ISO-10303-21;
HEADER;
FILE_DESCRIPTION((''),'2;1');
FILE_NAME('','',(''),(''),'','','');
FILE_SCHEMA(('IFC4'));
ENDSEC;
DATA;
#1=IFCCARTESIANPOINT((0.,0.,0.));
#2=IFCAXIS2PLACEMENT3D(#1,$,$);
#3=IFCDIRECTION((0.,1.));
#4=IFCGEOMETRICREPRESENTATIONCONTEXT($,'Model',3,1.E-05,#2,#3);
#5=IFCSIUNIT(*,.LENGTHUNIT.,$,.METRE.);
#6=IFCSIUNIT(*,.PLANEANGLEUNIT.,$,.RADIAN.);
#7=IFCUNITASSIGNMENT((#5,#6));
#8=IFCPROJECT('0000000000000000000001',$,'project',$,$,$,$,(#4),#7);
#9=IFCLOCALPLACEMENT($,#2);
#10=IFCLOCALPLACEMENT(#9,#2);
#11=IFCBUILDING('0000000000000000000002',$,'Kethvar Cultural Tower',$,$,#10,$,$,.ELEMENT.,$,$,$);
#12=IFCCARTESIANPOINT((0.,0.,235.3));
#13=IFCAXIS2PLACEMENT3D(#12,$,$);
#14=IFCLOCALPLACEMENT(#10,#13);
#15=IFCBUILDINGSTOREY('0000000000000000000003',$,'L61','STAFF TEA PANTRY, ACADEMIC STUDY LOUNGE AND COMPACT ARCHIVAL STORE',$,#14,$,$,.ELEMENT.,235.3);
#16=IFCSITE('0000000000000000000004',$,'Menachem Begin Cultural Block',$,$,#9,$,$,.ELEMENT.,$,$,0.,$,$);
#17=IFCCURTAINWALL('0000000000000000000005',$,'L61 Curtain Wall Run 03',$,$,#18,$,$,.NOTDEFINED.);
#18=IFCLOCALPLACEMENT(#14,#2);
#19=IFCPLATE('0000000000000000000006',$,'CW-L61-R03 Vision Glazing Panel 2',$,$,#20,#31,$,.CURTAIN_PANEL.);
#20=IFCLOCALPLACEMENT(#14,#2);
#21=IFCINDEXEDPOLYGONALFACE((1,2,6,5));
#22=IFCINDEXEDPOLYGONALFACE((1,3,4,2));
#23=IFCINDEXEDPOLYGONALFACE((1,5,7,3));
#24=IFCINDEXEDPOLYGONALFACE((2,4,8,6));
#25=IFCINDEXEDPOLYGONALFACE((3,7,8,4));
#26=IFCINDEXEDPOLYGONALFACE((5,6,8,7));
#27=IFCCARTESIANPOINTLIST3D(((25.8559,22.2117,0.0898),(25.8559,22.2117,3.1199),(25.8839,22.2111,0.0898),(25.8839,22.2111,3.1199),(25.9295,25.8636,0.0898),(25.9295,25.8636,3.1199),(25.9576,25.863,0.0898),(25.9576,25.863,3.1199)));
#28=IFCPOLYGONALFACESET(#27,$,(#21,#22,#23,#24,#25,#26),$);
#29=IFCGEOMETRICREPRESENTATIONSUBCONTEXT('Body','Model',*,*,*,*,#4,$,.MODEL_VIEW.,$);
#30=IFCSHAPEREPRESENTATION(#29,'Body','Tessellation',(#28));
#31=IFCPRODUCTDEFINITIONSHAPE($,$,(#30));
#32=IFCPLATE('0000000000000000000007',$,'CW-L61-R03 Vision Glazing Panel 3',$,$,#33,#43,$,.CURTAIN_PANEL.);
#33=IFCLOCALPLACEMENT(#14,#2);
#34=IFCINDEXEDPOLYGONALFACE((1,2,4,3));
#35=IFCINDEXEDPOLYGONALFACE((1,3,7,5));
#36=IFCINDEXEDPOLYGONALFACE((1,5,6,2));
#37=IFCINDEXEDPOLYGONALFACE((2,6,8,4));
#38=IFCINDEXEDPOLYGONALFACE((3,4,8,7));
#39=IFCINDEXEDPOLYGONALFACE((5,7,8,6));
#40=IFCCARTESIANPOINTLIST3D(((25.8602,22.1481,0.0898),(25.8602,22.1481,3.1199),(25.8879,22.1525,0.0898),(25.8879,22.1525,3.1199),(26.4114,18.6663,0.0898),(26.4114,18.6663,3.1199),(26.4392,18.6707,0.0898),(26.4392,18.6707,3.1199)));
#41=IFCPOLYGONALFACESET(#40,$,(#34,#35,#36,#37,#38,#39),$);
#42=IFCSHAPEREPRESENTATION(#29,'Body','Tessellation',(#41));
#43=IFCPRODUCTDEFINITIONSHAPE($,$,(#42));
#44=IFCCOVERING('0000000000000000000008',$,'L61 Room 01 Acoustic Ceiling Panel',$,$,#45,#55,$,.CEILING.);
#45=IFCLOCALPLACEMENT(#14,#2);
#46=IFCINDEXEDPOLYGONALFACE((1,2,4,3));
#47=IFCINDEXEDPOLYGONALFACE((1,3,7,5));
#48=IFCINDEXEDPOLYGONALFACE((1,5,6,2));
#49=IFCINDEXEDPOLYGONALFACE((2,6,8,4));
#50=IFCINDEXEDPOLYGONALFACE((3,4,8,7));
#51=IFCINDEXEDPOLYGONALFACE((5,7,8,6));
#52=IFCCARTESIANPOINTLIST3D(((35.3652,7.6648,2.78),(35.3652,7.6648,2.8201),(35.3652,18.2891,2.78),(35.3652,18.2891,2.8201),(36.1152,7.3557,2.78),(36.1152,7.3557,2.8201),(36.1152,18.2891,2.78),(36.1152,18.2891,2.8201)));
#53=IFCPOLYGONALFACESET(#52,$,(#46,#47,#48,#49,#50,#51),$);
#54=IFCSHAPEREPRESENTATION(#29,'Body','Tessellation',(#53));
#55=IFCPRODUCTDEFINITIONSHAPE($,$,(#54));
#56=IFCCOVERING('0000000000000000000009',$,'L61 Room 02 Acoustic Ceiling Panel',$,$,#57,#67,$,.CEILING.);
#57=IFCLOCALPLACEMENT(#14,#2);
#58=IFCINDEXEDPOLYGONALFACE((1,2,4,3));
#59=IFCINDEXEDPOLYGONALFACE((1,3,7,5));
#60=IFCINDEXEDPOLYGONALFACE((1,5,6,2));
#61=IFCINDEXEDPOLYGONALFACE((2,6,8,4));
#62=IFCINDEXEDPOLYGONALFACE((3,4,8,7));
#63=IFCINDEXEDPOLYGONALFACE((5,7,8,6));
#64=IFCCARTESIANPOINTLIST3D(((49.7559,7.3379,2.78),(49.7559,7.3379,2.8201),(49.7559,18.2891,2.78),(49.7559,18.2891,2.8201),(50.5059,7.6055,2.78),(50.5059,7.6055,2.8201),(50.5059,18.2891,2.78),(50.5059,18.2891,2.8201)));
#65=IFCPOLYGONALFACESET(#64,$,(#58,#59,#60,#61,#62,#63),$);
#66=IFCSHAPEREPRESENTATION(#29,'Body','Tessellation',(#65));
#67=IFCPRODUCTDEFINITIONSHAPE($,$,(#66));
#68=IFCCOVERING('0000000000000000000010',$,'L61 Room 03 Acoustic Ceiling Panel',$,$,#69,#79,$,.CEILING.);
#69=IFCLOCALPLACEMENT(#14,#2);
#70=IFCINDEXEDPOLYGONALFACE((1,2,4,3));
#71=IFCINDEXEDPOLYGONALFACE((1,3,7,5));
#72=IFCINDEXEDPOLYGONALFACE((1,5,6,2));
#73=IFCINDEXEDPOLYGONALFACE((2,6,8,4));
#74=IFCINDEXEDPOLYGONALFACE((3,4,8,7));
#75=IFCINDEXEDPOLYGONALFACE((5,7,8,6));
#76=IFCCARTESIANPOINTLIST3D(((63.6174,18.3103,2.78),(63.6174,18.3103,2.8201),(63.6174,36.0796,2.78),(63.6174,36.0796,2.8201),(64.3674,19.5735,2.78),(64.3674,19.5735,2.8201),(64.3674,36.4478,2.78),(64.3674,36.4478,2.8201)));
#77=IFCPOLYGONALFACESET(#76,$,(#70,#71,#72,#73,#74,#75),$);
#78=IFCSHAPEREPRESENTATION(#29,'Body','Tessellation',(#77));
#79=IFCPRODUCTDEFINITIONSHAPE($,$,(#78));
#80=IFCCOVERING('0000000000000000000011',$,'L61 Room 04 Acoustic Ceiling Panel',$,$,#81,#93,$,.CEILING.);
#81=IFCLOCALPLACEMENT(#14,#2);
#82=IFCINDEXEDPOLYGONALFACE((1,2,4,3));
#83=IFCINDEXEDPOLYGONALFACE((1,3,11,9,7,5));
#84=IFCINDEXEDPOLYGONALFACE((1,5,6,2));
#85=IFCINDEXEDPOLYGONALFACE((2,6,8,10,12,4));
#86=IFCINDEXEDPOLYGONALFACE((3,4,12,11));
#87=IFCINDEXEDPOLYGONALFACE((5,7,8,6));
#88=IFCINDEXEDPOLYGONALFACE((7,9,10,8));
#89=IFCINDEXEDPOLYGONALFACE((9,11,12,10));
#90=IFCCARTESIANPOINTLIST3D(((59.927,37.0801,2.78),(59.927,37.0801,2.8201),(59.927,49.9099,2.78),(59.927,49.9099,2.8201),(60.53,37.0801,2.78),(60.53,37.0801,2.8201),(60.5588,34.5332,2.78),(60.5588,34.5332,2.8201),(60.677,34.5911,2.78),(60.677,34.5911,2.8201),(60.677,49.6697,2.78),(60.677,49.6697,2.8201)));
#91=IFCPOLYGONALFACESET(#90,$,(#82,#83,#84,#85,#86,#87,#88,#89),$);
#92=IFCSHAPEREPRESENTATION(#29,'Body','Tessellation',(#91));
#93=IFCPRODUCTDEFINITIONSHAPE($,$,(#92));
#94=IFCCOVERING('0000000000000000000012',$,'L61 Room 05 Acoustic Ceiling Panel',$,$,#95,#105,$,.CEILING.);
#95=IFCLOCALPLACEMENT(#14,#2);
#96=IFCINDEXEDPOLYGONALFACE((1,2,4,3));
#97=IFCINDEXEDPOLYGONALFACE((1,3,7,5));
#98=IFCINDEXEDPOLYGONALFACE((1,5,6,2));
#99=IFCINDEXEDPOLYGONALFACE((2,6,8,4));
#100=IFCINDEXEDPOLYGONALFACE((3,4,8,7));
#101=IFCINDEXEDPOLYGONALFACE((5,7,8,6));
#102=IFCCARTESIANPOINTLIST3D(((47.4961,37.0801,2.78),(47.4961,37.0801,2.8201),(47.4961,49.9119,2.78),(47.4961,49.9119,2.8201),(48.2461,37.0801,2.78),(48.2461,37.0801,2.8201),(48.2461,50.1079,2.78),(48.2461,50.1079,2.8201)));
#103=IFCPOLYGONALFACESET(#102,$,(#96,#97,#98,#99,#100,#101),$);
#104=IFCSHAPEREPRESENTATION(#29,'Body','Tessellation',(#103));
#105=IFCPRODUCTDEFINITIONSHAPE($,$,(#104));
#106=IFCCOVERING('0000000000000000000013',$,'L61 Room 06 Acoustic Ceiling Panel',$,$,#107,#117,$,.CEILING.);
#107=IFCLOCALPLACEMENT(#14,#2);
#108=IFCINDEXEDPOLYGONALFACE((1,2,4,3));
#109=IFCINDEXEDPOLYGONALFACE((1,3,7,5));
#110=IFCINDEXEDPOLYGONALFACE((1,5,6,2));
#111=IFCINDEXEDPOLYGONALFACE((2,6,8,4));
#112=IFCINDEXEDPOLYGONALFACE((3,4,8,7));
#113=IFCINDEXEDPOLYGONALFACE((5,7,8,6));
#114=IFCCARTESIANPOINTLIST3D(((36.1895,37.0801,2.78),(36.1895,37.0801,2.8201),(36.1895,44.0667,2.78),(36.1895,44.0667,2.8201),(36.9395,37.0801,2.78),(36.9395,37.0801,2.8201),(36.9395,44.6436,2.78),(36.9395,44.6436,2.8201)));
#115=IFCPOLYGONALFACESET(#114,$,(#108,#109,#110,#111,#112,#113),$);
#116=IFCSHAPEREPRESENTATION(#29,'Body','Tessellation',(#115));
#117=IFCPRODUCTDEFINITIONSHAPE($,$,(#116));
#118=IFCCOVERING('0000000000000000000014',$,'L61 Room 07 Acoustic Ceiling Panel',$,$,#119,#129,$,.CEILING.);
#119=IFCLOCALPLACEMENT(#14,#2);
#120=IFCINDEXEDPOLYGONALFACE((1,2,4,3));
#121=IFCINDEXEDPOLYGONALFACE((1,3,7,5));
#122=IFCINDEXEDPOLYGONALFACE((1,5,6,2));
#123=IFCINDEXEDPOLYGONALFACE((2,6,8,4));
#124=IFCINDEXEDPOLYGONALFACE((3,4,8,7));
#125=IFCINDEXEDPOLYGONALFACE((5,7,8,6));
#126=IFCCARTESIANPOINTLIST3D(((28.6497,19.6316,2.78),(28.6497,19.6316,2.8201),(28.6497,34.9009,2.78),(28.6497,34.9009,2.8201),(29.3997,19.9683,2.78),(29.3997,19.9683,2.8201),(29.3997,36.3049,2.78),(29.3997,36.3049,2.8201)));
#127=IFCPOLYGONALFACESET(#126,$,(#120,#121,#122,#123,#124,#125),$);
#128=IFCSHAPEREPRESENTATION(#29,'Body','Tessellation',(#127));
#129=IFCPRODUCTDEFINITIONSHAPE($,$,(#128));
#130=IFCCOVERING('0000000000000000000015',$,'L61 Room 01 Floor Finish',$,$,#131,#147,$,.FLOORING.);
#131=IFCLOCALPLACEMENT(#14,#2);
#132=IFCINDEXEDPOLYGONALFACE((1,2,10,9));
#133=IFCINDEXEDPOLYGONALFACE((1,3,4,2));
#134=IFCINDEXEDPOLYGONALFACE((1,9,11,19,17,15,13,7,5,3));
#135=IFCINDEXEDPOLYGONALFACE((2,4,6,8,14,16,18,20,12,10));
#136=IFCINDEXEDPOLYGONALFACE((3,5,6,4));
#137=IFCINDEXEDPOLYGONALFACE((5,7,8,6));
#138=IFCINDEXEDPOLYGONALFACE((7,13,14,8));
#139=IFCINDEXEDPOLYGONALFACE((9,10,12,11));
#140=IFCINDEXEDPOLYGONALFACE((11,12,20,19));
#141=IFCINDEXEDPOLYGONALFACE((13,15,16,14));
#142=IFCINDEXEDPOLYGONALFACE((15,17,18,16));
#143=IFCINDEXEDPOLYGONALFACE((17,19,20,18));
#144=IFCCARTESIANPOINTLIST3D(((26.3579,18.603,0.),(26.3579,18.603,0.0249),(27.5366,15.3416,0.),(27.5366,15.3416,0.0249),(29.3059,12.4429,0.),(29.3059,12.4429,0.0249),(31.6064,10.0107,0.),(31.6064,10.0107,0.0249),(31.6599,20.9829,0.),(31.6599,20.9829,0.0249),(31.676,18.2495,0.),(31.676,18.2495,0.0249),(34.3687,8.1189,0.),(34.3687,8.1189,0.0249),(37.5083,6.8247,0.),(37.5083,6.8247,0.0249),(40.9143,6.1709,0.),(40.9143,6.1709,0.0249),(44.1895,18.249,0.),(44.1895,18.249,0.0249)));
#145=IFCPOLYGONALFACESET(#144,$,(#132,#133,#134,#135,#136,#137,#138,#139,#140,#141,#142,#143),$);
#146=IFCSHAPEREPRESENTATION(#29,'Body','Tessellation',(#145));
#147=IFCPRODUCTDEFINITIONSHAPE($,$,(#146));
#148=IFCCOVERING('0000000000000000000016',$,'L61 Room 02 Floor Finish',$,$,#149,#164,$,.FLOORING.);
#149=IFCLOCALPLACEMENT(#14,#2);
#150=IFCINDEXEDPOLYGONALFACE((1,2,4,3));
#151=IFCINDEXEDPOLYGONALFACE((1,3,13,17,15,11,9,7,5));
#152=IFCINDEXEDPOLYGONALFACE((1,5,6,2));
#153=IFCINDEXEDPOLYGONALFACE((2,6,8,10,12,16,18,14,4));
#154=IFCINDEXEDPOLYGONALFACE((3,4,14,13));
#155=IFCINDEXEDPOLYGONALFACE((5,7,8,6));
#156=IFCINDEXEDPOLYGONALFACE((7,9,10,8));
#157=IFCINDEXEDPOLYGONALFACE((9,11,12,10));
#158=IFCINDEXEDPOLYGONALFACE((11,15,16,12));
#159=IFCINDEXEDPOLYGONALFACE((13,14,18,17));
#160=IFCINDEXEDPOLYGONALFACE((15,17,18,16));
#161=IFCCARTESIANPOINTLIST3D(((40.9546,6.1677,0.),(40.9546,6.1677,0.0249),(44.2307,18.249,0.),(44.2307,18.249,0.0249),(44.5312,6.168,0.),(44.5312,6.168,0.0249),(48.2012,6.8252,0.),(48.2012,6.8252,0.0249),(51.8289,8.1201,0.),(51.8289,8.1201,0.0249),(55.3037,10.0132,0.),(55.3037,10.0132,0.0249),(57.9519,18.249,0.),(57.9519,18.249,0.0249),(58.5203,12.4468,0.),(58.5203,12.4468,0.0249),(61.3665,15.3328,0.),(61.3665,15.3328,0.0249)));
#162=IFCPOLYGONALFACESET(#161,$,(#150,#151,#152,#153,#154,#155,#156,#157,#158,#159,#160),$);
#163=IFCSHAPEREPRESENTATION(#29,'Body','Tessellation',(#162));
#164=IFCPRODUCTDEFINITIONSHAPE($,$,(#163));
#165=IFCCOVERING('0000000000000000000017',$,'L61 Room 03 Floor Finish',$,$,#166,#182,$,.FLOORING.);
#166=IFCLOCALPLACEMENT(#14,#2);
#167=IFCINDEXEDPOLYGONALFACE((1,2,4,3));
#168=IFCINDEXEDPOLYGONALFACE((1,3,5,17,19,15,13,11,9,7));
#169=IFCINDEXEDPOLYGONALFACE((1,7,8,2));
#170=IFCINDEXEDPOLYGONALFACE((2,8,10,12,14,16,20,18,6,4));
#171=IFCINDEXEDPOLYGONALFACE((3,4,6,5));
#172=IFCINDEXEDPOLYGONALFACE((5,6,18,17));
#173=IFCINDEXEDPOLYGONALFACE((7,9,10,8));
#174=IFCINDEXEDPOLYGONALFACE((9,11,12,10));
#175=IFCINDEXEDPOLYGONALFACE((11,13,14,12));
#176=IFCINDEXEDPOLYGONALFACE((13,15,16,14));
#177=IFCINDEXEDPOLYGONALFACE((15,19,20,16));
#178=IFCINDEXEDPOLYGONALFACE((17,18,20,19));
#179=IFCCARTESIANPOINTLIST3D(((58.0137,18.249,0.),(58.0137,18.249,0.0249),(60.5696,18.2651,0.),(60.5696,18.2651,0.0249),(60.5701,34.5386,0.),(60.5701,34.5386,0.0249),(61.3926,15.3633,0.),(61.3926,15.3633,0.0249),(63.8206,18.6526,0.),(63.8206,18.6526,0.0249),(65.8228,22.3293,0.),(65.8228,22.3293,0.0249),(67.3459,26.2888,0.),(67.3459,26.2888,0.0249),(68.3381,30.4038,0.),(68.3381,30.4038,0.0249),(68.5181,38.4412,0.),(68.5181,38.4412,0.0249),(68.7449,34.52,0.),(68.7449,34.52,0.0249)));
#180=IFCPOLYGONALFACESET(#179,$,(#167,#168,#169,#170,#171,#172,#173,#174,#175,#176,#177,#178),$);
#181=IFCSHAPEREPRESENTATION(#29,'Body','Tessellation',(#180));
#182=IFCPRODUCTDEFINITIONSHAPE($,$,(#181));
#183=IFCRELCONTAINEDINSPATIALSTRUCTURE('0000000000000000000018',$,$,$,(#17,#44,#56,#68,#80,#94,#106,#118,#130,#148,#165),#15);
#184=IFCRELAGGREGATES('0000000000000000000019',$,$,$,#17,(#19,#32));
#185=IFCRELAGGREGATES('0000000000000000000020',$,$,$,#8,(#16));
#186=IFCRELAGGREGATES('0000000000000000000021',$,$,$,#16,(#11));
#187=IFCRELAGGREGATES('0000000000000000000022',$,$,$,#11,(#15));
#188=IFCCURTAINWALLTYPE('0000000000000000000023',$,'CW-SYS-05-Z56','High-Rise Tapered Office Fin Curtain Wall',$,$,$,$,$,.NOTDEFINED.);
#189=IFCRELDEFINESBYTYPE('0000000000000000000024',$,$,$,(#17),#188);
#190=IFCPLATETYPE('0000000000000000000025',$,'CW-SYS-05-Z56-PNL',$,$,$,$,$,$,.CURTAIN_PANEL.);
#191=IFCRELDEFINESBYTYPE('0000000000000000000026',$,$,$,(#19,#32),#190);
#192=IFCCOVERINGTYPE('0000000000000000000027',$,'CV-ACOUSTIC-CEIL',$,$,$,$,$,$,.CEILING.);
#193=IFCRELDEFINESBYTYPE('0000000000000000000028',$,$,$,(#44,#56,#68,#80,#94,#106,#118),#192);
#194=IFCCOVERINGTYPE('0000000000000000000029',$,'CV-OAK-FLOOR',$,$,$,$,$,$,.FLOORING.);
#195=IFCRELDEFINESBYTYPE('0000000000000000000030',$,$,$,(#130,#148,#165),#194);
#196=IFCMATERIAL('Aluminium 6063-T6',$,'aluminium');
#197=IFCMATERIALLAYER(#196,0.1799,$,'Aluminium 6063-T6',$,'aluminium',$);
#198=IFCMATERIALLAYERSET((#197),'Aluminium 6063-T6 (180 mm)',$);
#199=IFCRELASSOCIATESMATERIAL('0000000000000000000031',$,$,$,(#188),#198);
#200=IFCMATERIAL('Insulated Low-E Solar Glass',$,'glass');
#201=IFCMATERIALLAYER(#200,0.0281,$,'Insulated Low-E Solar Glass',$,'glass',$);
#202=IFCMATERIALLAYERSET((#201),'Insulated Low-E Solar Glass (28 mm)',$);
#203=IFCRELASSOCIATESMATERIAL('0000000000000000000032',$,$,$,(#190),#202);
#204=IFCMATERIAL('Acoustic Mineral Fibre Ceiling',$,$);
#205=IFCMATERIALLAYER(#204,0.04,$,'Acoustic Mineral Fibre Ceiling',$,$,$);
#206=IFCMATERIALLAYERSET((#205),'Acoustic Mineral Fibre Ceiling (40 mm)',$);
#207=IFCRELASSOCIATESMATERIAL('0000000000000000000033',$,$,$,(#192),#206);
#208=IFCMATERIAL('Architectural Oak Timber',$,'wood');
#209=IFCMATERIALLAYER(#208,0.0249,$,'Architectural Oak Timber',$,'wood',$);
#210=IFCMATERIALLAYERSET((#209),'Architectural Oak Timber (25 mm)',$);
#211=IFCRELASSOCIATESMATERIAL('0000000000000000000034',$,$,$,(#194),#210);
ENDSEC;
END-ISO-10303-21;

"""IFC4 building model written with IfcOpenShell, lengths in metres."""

from ifc_helpers import new_model, si_unit, direction, frame, origin, origin_2d, place, context, subcontext, project, spatial, polyline, rectangle, outline, extrude, source, transform, mapped, material, layer, layer_set, type_object, element, aggregate, save


model = new_model("IFC4")

# Units and contexts
model_context = context("Model", 3, precision=1e-05, world=origin(), true_north=direction((0.0, 1.0)))
body_context = subcontext(model_context, "Body", "Model", "MODEL_VIEW")
ifc_project = project(units=[si_unit("LENGTHUNIT", "METRE"), si_unit("PLANEANGLEUNIT", "RADIAN")], contexts=[model_context])

# Site, building, storey
site_placement = place(None, origin())
site = spatial("IfcSite", under=ifc_project, at=site_placement, Name="Menachem Begin Cultural Block", CompositionType="ELEMENT", RefElevation=0.0)
building_placement = place(site_placement, origin())
building = spatial("IfcBuilding", under=site, at=building_placement, Name="Kethvar Cultural Tower", CompositionType="ELEMENT")
storey_placement = place(building_placement, frame((0.0, 0.0, 235.3)))
storey = spatial("IfcBuildingStorey", under=building, at=storey_placement, Name="L61", Description="STAFF TEA PANTRY, ACADEMIC STUDY LOUNGE AND COMPACT ARCHIVAL STORE", CompositionType="ELEMENT", Elevation=235.3)

# Curtain wall
ifc_material_1 = material(Name="Aluminium 6063-T6", Category="aluminium")
ifc_layer_1 = layer(ifc_material_1, 0.1799, Name="Aluminium 6063-T6", Category="aluminium")
ifc_layer_set_1 = layer_set([ifc_layer_1], Name="Aluminium 6063-T6 (180 mm)")
curtain_wall_type = type_object("IfcCurtainWallType", Name="CW-SYS-05-Z56", Description="High-Rise Tapered Office Fin Curtain Wall", PredefinedType="NOTDEFINED", material=ifc_layer_set_1)
curtain_wall_placement = place(storey_placement, origin())
curtain_wall = element("IfcCurtainWall", 1, at=curtain_wall_placement, inside=storey, type_object=curtain_wall_type, Name="L61 Curtain Wall Run 03", PredefinedType="NOTDEFINED")

# Plates
ifc_material_2 = material(Name="Insulated Low-E Solar Glass", Category="glass")
ifc_layer_2 = layer(ifc_material_2, 0.0281, Name="Insulated Low-E Solar Glass", Category="glass")
ifc_layer_set_2 = layer_set([ifc_layer_2], Name="Insulated Low-E Solar Glass (28 mm)")
plate_type = type_object("IfcPlateType", Name="CW-SYS-05-Z56-PNL", PredefinedType="CURTAIN_PANEL", material=ifc_layer_set_2)
shared_shape_1 = source(origin(), body_context, "Body", "SweptSolid", [
    extrude(rectangle(XDim=3.6526, YDim=0.0281, at=origin_2d()), origin(), (0.0, 0.0, 1.0), 3.03),
])
plate_1_placement = place(storey_placement, frame((25.9067, 24.0374, 0.0898), z_axis=(0.0, 0.0, 1.0), x_axis=(-0.020175, -0.999796, 0.0)))
plate_1 = element("IfcPlate", 2, at=plate_1_placement, type_object=plate_type, Name="CW-L61-R03 Vision Glazing Panel 2", PredefinedType="CURTAIN_PANEL", context=body_context, shape_type="MappedRepresentation", body=[
    mapped(shared_shape_1, transform((0.0, 0.0, 0.0), scale=1.0)),
])
shared_shape_2 = source(origin(), body_context, "Body", "SweptSolid", [
    extrude(rectangle(XDim=3.5251, YDim=0.0281, at=origin_2d()), origin(), (0.0, 0.0, 1.0), 3.03),
])
plate_2_placement = place(storey_placement, frame((26.1497, 20.4094, 0.0898), z_axis=(0.0, 0.0, 1.0), x_axis=(0.156383, -0.987697, 0.0)))
plate_2 = element("IfcPlate", 3, at=plate_2_placement, type_object=plate_type, Name="CW-L61-R03 Vision Glazing Panel 3", PredefinedType="CURTAIN_PANEL", context=body_context, shape_type="MappedRepresentation", body=[
    mapped(shared_shape_2, transform((0.0, 0.0, 0.0), scale=1.0)),
])
aggregate(curtain_wall, [plate_1, plate_2])

# Coverings
ifc_material_3 = material(Name="Acoustic Mineral Fibre Ceiling")
ifc_layer_3 = layer(ifc_material_3, 0.04, Name="Acoustic Mineral Fibre Ceiling")
ifc_layer_set_3 = layer_set([ifc_layer_3], Name="Acoustic Mineral Fibre Ceiling (40 mm)")
covering_type_1 = type_object("IfcCoveringType", Name="CV-ACOUSTIC-CEIL", PredefinedType="CEILING", material=ifc_layer_set_3)
covering_1_placement = place(storey_placement, frame((0.0, 0.0, 2.78)))
element("IfcCovering", 4, at=covering_1_placement, inside=storey, type_object=covering_type_1, Name="L61 Room 01 Acoustic Ceiling Panel", PredefinedType="CEILING", context=body_context, shape_type="SweptSolid", body=[
    extrude(outline(polyline([(35.3652, 7.6648), (35.3652, 18.2891), (36.1152, 18.2891), (36.1152, 7.3557), (35.3652, 7.6648)])), origin(), (0.0, 0.0, 1.0), 0.04),
])
covering_2_placement = place(storey_placement, frame((0.0, 0.0, 2.78)))
element("IfcCovering", 5, at=covering_2_placement, inside=storey, type_object=covering_type_1, Name="L61 Room 02 Acoustic Ceiling Panel", PredefinedType="CEILING", context=body_context, shape_type="SweptSolid", body=[
    extrude(outline(polyline([(49.7559, 7.3379), (49.7559, 18.2891), (50.5059, 18.2891), (50.5059, 7.6055), (49.7559, 7.3379)])), origin(), (0.0, 0.0, 1.0), 0.04),
])
covering_3_placement = place(storey_placement, frame((0.0, 0.0, 2.78)))
element("IfcCovering", 6, at=covering_3_placement, inside=storey, type_object=covering_type_1, Name="L61 Room 03 Acoustic Ceiling Panel", PredefinedType="CEILING", context=body_context, shape_type="SweptSolid", body=[
    extrude(outline(polyline([(64.3674, 19.5735), (63.6174, 18.3103), (63.6174, 36.0796), (64.3674, 36.4478), (64.3674, 19.5735)])), origin(), (0.0, 0.0, 1.0), 0.04),
])
covering_4_placement = place(storey_placement, frame((0.0, 0.0, 2.78)))
element("IfcCovering", 7, at=covering_4_placement, inside=storey, type_object=covering_type_1, Name="L61 Room 04 Acoustic Ceiling Panel", PredefinedType="CEILING", context=body_context, shape_type="SweptSolid", body=[
    extrude(outline(polyline([(60.5588, 34.5332), (60.53, 37.0801), (59.927, 37.0801), (59.927, 49.9099), (60.677, 49.6697), (60.677, 34.5911), (60.5588, 34.5332)])), origin(), (0.0, 0.0, 1.0), 0.04),
])
covering_5_placement = place(storey_placement, frame((0.0, 0.0, 2.78)))
element("IfcCovering", 8, at=covering_5_placement, inside=storey, type_object=covering_type_1, Name="L61 Room 05 Acoustic Ceiling Panel", PredefinedType="CEILING", context=body_context, shape_type="SweptSolid", body=[
    extrude(outline(polyline([(48.2461, 50.1079), (48.2461, 37.0801), (47.4961, 37.0801), (47.4961, 49.9119), (48.2461, 50.1079)])), origin(), (0.0, 0.0, 1.0), 0.04),
])
covering_6_placement = place(storey_placement, frame((0.0, 0.0, 2.78)))
element("IfcCovering", 9, at=covering_6_placement, inside=storey, type_object=covering_type_1, Name="L61 Room 06 Acoustic Ceiling Panel", PredefinedType="CEILING", context=body_context, shape_type="SweptSolid", body=[
    extrude(outline(polyline([(36.9395, 44.6436), (36.9395, 37.0801), (36.1895, 37.0801), (36.1895, 44.0667), (36.9395, 44.6436)])), origin(), (0.0, 0.0, 1.0), 0.04),
])
covering_7_placement = place(storey_placement, frame((0.0, 0.0, 2.78)))
element("IfcCovering", 10, at=covering_7_placement, inside=storey, type_object=covering_type_1, Name="L61 Room 07 Acoustic Ceiling Panel", PredefinedType="CEILING", context=body_context, shape_type="SweptSolid", body=[
    extrude(outline(polyline([(29.3997, 36.3049), (29.3997, 19.9683), (28.6497, 19.6316), (28.6497, 34.9009), (29.3997, 36.3049)])), origin(), (0.0, 0.0, 1.0), 0.04),
])
ifc_material_4 = material(Name="Architectural Oak Timber", Category="wood")
ifc_layer_4 = layer(ifc_material_4, 0.0249, Name="Architectural Oak Timber", Category="wood")
ifc_layer_set_4 = layer_set([ifc_layer_4], Name="Architectural Oak Timber (25 mm)")
covering_type_2 = type_object("IfcCoveringType", Name="CV-OAK-FLOOR", PredefinedType="FLOORING", material=ifc_layer_set_4)
covering_8_placement = place(storey_placement, origin())
element("IfcCovering", 11, at=covering_8_placement, inside=storey, type_object=covering_type_2, Name="L61 Room 01 Floor Finish", PredefinedType="FLOORING", context=body_context, shape_type="SweptSolid", body=[
    extrude(outline(polyline([(37.5083, 6.8247), (34.3687, 8.1189), (31.6064, 10.0107), (29.3059, 12.4429), (27.5366, 15.3416), (26.3579, 18.603), (31.6599, 20.9829), (31.676, 18.2495), (44.1895, 18.249), (40.9143, 6.1709), (37.5083, 6.8247)])), origin(), (0.0, 0.0, 1.0), 0.0249),
])
covering_9_placement = place(storey_placement, origin())
element("IfcCovering", 12, at=covering_9_placement, inside=storey, type_object=covering_type_2, Name="L61 Room 02 Floor Finish", PredefinedType="FLOORING", context=body_context, shape_type="SweptSolid", body=[
    extrude(outline(polyline([(58.5203, 12.4468), (55.3037, 10.0132), (51.8289, 8.1201), (48.2012, 6.8252), (44.5312, 6.168), (40.9546, 6.1677), (44.2307, 18.249), (57.9519, 18.249), (61.3665, 15.3328), (58.5203, 12.4468)])), origin(), (0.0, 0.0, 1.0), 0.0249),
])
covering_10_placement = place(storey_placement, origin())
element("IfcCovering", 13, at=covering_10_placement, inside=storey, type_object=covering_type_2, Name="L61 Room 03 Floor Finish", PredefinedType="FLOORING", context=body_context, shape_type="SweptSolid", body=[
    extrude(outline(polyline([(68.5181, 38.4412), (68.7449, 34.52), (68.3381, 30.4038), (67.3459, 26.2888), (65.8228, 22.3293), (63.8206, 18.6526), (61.3926, 15.3633), (58.0137, 18.249), (60.5696, 18.2651), (60.5701, 34.5386), (68.5181, 38.4412)])), origin(), (0.0, 0.0, 1.0), 0.0249),
])

save(model, "model.ifc")
